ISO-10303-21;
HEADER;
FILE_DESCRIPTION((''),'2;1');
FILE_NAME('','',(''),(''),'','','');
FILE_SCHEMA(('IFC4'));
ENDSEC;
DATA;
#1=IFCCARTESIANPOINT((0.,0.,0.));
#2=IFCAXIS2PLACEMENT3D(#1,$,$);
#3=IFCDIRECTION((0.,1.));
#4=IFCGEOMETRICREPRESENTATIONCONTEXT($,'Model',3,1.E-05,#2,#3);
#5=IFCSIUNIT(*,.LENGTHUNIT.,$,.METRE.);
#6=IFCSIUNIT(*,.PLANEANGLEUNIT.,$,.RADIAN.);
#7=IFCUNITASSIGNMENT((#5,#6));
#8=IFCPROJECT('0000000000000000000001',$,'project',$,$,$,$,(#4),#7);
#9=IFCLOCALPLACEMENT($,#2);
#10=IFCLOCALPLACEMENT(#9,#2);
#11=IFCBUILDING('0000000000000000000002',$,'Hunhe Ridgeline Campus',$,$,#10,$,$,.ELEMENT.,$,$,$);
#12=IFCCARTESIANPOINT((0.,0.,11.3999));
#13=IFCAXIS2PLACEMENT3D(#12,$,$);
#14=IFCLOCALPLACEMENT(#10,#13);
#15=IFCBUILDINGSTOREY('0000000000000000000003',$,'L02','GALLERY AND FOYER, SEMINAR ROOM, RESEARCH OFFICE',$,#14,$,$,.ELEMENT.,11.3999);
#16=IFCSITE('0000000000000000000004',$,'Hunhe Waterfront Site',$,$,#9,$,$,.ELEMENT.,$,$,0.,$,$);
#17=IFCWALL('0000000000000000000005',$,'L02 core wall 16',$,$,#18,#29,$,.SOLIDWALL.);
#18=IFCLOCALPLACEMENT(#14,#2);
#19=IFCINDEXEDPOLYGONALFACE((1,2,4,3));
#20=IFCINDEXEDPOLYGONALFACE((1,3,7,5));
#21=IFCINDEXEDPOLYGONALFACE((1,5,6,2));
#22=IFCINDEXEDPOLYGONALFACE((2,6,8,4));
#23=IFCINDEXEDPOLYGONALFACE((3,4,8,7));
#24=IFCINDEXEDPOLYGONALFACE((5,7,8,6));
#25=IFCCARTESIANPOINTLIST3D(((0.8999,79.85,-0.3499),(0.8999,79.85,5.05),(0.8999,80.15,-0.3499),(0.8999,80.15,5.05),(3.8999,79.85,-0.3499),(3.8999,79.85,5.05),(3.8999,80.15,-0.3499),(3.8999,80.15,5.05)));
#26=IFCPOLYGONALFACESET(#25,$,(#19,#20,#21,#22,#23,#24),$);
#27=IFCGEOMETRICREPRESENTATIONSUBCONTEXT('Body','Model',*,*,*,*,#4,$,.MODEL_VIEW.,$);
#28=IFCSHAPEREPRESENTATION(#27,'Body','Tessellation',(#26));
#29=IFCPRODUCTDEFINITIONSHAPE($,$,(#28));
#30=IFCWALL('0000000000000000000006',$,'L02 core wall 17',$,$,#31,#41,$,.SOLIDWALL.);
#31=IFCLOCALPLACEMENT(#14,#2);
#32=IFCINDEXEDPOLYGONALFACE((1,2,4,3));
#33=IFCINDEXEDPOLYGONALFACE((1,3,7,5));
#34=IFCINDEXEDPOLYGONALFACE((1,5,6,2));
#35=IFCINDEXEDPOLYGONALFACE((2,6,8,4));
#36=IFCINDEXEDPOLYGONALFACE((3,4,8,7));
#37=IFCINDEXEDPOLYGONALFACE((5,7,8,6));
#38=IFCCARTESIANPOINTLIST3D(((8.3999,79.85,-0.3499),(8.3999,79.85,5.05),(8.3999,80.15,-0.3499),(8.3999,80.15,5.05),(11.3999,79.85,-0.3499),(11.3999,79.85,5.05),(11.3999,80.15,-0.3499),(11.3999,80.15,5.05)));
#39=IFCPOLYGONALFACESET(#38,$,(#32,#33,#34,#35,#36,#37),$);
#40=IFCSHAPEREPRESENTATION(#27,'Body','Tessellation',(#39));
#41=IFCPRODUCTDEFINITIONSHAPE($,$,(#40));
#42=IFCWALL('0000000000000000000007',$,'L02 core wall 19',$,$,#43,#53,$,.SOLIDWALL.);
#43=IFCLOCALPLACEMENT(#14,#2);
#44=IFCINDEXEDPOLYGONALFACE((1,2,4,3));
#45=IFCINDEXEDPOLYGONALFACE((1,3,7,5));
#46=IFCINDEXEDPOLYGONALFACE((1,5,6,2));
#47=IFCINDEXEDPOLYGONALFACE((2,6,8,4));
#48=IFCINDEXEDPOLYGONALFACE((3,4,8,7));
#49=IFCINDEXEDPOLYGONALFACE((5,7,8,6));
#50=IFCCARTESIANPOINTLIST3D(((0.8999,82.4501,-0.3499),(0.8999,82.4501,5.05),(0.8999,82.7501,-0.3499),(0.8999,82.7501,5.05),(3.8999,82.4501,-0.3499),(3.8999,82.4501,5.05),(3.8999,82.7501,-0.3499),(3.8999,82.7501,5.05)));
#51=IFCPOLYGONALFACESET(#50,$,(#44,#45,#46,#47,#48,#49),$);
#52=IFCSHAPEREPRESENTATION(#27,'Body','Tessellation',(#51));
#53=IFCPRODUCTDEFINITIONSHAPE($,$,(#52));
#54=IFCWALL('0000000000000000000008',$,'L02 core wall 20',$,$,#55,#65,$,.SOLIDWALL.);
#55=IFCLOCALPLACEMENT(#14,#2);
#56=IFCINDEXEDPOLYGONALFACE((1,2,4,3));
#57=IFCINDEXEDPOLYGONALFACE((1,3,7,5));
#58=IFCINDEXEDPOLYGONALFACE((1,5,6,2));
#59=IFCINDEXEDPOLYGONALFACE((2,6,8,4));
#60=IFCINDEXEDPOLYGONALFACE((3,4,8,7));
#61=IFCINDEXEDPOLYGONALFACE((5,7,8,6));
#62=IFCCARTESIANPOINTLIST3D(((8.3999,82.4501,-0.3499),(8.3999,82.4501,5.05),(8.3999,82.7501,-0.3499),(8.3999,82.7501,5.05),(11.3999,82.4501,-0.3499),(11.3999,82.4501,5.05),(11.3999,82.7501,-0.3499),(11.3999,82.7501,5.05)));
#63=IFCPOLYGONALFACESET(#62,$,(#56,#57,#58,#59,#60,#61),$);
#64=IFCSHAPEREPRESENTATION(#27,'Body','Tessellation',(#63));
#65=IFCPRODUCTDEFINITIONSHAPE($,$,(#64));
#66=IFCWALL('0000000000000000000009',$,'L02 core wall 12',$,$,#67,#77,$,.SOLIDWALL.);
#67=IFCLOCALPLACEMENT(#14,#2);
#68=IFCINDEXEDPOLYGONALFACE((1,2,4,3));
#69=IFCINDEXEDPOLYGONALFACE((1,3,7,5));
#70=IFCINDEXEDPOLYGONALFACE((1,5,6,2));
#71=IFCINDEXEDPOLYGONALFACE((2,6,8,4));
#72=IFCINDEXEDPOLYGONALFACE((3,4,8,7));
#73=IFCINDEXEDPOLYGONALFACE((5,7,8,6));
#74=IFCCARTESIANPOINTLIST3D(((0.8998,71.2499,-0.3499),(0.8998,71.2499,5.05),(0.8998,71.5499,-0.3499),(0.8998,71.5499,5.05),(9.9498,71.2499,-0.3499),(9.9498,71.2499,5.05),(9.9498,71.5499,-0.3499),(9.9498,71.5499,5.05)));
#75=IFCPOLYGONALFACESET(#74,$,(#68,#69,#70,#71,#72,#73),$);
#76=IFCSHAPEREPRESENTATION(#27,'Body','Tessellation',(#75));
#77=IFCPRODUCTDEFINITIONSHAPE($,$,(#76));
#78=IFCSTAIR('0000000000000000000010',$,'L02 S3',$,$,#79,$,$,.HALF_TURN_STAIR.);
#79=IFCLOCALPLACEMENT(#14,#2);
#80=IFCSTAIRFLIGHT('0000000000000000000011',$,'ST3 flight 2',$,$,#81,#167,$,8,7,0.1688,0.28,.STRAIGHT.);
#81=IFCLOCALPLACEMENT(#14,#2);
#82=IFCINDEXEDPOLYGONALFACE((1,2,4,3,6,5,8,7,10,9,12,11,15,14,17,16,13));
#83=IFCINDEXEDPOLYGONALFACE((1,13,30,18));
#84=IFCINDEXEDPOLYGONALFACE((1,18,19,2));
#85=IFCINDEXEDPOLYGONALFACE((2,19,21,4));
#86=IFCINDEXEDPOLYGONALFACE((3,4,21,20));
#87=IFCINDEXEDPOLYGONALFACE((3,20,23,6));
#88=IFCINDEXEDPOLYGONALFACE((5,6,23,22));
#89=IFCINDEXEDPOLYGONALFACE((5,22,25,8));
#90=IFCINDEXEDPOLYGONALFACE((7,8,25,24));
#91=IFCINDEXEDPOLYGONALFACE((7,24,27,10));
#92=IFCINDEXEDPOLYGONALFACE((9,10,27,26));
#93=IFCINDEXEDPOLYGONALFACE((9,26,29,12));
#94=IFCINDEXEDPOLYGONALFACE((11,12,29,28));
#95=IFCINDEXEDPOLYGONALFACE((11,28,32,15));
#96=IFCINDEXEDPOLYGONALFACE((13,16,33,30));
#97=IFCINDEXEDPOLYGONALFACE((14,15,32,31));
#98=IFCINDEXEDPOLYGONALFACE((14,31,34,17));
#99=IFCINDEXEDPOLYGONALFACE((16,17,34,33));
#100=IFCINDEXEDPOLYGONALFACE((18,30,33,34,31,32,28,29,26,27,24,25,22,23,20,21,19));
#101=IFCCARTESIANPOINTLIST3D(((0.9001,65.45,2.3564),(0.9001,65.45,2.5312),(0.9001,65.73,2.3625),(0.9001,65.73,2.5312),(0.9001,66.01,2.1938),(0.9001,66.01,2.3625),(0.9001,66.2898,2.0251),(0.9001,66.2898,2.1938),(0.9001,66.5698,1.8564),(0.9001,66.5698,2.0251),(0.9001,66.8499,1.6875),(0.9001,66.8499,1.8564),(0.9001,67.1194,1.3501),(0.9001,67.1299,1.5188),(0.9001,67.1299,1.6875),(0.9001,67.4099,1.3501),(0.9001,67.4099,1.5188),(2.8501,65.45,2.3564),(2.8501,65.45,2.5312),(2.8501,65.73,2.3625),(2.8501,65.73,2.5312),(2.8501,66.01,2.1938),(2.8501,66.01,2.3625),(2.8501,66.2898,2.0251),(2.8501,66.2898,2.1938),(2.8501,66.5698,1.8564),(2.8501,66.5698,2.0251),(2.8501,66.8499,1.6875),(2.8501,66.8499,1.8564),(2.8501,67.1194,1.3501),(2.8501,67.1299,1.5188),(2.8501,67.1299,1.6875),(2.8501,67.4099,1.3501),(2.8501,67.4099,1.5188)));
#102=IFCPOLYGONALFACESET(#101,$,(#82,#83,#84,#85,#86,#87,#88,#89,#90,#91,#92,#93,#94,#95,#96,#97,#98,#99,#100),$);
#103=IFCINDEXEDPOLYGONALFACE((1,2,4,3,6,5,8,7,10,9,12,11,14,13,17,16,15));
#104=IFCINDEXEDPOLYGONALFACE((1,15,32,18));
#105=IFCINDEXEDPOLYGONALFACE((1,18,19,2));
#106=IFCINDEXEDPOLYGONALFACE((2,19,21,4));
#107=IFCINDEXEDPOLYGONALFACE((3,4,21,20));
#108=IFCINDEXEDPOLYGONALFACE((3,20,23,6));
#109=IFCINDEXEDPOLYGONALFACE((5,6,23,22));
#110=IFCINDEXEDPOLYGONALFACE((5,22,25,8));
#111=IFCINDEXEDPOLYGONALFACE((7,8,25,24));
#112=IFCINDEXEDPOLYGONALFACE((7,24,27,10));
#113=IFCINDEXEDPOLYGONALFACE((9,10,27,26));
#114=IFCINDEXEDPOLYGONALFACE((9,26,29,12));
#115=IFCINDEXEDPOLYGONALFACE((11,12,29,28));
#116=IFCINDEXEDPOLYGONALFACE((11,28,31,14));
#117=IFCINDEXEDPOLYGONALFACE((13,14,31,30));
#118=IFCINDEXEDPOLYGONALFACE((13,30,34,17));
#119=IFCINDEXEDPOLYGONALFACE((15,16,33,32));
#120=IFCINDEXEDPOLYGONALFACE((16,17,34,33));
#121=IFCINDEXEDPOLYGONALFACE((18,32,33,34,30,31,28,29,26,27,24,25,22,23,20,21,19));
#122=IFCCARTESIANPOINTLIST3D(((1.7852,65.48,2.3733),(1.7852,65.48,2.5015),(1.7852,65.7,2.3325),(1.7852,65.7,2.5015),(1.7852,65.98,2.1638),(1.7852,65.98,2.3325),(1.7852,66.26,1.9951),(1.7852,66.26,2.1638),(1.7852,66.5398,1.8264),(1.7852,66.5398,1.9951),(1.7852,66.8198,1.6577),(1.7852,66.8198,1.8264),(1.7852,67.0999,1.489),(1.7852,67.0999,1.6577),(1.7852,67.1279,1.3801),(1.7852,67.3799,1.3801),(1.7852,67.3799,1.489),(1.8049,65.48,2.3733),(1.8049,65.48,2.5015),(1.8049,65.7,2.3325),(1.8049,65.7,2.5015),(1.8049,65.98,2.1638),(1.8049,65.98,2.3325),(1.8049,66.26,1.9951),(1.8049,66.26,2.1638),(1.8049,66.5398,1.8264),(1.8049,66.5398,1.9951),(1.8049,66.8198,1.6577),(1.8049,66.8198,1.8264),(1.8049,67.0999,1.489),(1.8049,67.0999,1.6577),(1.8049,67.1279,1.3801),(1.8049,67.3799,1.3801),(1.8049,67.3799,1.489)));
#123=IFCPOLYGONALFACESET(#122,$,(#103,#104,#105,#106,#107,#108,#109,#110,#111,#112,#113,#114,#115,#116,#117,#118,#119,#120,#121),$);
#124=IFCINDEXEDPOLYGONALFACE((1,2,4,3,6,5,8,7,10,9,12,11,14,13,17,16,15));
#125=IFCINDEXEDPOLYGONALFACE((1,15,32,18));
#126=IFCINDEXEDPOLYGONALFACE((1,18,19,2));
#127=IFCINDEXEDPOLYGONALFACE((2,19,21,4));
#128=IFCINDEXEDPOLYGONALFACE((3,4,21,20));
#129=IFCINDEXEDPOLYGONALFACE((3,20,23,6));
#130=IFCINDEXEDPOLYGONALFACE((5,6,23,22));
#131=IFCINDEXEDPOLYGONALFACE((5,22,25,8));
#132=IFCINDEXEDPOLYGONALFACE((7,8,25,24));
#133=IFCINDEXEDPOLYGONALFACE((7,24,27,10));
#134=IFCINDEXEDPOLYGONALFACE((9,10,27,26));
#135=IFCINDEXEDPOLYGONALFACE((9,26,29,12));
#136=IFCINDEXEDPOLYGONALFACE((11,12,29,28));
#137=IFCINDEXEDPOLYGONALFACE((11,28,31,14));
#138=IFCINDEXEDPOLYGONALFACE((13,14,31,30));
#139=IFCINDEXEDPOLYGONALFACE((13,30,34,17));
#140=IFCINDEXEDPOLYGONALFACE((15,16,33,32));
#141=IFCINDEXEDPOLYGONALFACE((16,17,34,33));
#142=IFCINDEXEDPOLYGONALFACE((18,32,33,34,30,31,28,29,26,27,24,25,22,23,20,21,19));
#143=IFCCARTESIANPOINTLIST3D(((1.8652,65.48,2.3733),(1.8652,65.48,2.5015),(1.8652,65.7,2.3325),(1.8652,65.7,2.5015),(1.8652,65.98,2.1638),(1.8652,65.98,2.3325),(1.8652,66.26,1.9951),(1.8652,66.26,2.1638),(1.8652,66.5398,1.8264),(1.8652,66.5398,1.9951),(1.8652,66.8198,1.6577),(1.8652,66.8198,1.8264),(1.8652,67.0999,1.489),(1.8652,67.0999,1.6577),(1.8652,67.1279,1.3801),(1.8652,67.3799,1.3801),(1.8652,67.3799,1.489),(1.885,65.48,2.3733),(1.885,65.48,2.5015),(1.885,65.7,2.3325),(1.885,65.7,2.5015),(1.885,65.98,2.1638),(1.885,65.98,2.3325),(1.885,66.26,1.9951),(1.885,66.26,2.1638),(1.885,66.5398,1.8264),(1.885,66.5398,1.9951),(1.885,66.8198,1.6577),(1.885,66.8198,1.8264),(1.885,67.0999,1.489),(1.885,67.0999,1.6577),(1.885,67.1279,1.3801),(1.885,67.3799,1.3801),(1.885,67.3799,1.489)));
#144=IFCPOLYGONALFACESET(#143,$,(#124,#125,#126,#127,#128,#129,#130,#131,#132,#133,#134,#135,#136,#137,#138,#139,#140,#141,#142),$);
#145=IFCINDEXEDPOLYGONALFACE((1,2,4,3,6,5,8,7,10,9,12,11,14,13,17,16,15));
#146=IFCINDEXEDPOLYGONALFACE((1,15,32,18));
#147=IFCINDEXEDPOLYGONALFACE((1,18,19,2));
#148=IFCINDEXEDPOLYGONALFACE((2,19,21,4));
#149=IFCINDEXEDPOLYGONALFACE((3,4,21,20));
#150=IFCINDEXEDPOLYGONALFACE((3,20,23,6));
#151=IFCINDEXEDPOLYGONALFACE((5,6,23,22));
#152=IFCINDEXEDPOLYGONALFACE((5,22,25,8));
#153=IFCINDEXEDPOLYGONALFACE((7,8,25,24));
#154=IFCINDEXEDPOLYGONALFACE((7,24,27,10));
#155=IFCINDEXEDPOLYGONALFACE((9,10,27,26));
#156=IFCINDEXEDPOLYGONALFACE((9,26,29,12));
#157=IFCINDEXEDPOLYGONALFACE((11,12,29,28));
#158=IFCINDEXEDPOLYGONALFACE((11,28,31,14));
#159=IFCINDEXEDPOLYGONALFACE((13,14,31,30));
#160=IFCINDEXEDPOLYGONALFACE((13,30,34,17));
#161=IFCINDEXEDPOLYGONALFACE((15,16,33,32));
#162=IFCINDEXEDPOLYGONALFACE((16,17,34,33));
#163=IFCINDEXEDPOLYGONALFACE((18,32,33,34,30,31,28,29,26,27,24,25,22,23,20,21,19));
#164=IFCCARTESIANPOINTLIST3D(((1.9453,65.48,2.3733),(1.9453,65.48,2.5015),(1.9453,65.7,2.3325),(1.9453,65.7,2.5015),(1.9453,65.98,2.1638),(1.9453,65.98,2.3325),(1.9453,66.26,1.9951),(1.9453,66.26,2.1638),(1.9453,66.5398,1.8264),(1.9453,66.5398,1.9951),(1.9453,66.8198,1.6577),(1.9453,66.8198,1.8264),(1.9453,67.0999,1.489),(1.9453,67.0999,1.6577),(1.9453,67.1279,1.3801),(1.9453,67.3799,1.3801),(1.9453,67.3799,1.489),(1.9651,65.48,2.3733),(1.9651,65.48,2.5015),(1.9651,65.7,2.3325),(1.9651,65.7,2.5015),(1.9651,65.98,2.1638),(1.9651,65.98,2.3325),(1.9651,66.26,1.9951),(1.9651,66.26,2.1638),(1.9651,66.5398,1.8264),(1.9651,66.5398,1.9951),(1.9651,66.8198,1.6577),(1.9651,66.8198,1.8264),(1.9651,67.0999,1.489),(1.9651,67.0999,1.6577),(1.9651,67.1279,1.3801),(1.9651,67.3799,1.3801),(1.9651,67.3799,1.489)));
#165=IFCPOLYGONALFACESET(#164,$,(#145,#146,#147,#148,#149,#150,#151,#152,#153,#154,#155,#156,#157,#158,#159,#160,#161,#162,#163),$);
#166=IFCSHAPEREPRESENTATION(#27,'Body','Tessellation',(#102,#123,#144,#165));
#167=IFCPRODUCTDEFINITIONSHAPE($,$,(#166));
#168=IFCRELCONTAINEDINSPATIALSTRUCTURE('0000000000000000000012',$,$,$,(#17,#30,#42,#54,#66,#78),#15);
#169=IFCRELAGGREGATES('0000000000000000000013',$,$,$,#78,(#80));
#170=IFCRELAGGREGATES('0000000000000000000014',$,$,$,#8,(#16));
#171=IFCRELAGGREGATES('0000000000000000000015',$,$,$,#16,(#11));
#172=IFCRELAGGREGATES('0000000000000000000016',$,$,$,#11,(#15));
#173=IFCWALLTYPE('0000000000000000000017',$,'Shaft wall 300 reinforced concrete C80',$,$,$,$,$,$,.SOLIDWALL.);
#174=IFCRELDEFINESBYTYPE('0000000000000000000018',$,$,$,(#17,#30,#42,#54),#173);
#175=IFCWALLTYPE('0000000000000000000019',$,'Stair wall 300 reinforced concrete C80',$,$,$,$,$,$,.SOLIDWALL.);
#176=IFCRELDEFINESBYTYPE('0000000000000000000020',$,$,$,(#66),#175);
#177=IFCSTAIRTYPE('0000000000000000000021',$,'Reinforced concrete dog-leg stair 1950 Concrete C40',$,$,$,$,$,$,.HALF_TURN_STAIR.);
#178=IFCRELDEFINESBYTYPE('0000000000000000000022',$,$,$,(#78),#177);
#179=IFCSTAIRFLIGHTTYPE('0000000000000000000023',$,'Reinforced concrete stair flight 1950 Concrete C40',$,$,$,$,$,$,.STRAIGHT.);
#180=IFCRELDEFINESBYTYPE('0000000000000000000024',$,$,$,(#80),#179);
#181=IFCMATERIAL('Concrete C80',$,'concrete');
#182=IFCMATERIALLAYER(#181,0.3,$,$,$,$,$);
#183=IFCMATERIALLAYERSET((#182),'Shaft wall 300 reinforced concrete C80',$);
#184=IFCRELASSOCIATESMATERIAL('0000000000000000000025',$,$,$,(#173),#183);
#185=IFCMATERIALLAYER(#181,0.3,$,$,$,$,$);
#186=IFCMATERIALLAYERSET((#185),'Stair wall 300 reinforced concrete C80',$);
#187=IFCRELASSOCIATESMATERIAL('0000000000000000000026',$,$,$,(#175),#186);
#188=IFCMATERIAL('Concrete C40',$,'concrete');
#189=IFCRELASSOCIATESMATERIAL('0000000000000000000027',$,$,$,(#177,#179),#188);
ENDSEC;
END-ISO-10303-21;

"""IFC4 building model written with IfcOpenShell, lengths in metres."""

from ifc_helpers import new_model, si_unit, direction, frame, frame_2d, origin, place, context, subcontext, project, spatial, polyline, rectangle, outline, extrude, material, layer, layer_set, type_object, element, aggregate, save


model = new_model("IFC4")

# Units and contexts
model_context = context("Model", 3, precision=1e-05, world=origin(), true_north=direction((0.0, 1.0)))
body_context = subcontext(model_context, "Body", "Model", "MODEL_VIEW")
ifc_project = project(units=[si_unit("LENGTHUNIT", "METRE"), si_unit("PLANEANGLEUNIT", "RADIAN")], contexts=[model_context])

# Site, building, storey
site_placement = place(None, origin())
site = spatial("IfcSite", under=ifc_project, at=site_placement, Name="Hunhe Waterfront Site", CompositionType="ELEMENT", RefElevation=0.0)
building_placement = place(site_placement, origin())
building = spatial("IfcBuilding", under=site, at=building_placement, Name="Hunhe Ridgeline Campus", CompositionType="ELEMENT")
storey_placement = place(building_placement, frame((0.0, 0.0, 11.3999)))
storey = spatial("IfcBuildingStorey", under=building, at=storey_placement, Name="L02", Description="GALLERY AND FOYER, SEMINAR ROOM, RESEARCH OFFICE", CompositionType="ELEMENT", Elevation=11.3999)

# Shared definitions
ifc_material_1 = material(Name="Concrete C80", Category="concrete")
ifc_layer_1 = layer(ifc_material_1, 0.3)
ifc_layer_set_1 = layer_set([ifc_layer_1], Name="Shaft wall 300 reinforced concrete C80")
wall_type_1 = type_object("IfcWallType", Name="Shaft wall 300 reinforced concrete C80", PredefinedType="SOLIDWALL", material=ifc_layer_set_1)

# Walls
for number, where, z_axis, x_axis, name in (
    (1, (0.8999, 80.0, -0.3499), (0.0, 0.0, 1.0), (1.0, 0.0, 0.0), "L02 core wall 16"),
    (2, (8.3999, 80.0, -0.3499), (0.0, 0.0, 1.0), (1.0, 0.0, 0.0), "L02 core wall 17"),
    (3, (0.8999, 82.6001, -0.3499), (0.0, 0.0, 1.0), (1.0, 0.0, 0.0), "L02 core wall 19"),
    (4, (8.3999, 82.6001, -0.3499), (0.0, 0.0, 1.0), (1.0, 0.0, 0.0), "L02 core wall 20"),
):
    element("IfcWall", number, at=place(storey_placement, frame(where, z_axis=z_axis, x_axis=x_axis)), inside=storey, type_object=wall_type_1, Name=name, PredefinedType="SOLIDWALL", context=body_context, shape_type="SweptSolid", body=[
        extrude(rectangle(XDim=3.0, YDim=0.3, at=frame_2d((1.5, 0.0))), origin(), (0.0, 0.0, 1.0), 5.3999),
    ])

# Wall
ifc_layer_2 = layer(ifc_material_1, 0.3)
ifc_layer_set_2 = layer_set([ifc_layer_2], Name="Stair wall 300 reinforced concrete C80")
wall_type_2 = type_object("IfcWallType", Name="Stair wall 300 reinforced concrete C80", PredefinedType="SOLIDWALL", material=ifc_layer_set_2)
wall_1_placement = place(storey_placement, frame((0.8999, 71.3999, -0.3499), z_axis=(0.0, 0.0, 1.0), x_axis=(1.0, 0.0, 0.0)))
element("IfcWall", 5, at=wall_1_placement, inside=storey, type_object=wall_type_2, Name="L02 core wall 12", PredefinedType="SOLIDWALL", context=body_context, shape_type="SweptSolid", body=[
    extrude(rectangle(XDim=9.05, YDim=0.3, at=frame_2d((4.5249, 0.0))), origin(), (0.0, 0.0, 1.0), 5.3999),
])

# Stair, stair flight
ifc_material_2 = material(Name="Concrete C40", Category="concrete")
stair_type = type_object("IfcStairType", Name="Reinforced concrete dog-leg stair 1950 Concrete C40", PredefinedType="HALF_TURN_STAIR", material=ifc_material_2)
stair_1_placement = place(storey_placement, origin())
stair_1 = element("IfcStair", 6, at=stair_1_placement, inside=storey, type_object=stair_type, Name="L02 S3", PredefinedType="HALF_TURN_STAIR")
stair_flight_type = type_object("IfcStairFlightType", Name="Reinforced concrete stair flight 1950 Concrete C40", PredefinedType="STRAIGHT", material=ifc_material_2)
stair_flight_1_placement = place(storey_placement, frame((1.875, 67.4099, 1.3501), z_axis=(0.0, 0.0, 1.0), x_axis=(0.0, -1.0, 0.0)))
stair_flight_1 = element("IfcStairFlight", 7, at=stair_flight_1_placement, type_object=stair_flight_type, Name="ST3 flight 2", NumberOfRisers=8, NumberOfTreads=7, PredefinedType="STRAIGHT", RiserHeight=0.1688, TreadLength=0.28, context=body_context, shape_type="SweptSolid", body=[
    extrude(outline(polyline([(0.0, 0.0), (0.0, 0.1687), (0.28, 0.1687), (0.28, 0.3374), (0.5601, 0.3374), (0.5601, 0.5063), (0.8401, 0.5063), (0.8401, 0.675), (1.1201, 0.675), (1.1201, 0.8438), (1.3999, 0.8438), (1.3999, 1.0125), (1.6799, 1.0125), (1.6799, 1.1812), (1.96, 1.1812), (1.96, 1.3501), (1.96, 1.0063), (0.2905, 0.0), (0.0, 0.0)])), frame((0.0, 0.9751, 0.0), z_axis=(0.0, -1.0, 0.0), x_axis=(1.0, 0.0, 0.0)), (0.0, 0.0, 1.0), 1.95),
    extrude(outline(polyline([(0.03, 0.03), (0.03, 0.1389), (0.3101, 0.1389), (0.3101, 0.3076), (0.5901, 0.3076), (0.5901, 0.4763), (0.8701, 0.4763), (0.8701, 0.645), (1.1499, 0.645), (1.1499, 0.8137), (1.4299, 0.8137), (1.4299, 0.9824), (1.71, 0.9824), (1.71, 1.1514), (1.9299, 1.1514), (1.9299, 1.0232), (0.282, 0.03), (0.03, 0.03)])), frame((0.0, -0.0701, 0.0), z_axis=(0.0, -1.0, 0.0), x_axis=(1.0, 0.0, 0.0)), (0.0, 0.0, 1.0), 0.0198),
    extrude(outline(polyline([(0.03, 0.03), (0.03, 0.1389), (0.3101, 0.1389), (0.3101, 0.3076), (0.5901, 0.3076), (0.5901, 0.4763), (0.8701, 0.4763), (0.8701, 0.645), (1.1499, 0.645), (1.1499, 0.8137), (1.4299, 0.8137), (1.4299, 0.9824), (1.71, 0.9824), (1.71, 1.1514), (1.9299, 1.1514), (1.9299, 1.0232), (0.282, 0.03), (0.03, 0.03)])), frame((0.0, 0.01, 0.0), z_axis=(0.0, -1.0, 0.0), x_axis=(1.0, 0.0, 0.0)), (0.0, 0.0, 1.0), 0.0198),
    extrude(outline(polyline([(0.03, 0.03), (0.03, 0.1389), (0.3101, 0.1389), (0.3101, 0.3076), (0.5901, 0.3076), (0.5901, 0.4763), (0.8701, 0.4763), (0.8701, 0.645), (1.1499, 0.645), (1.1499, 0.8137), (1.4299, 0.8137), (1.4299, 0.9824), (1.71, 0.9824), (1.71, 1.1514), (1.9299, 1.1514), (1.9299, 1.0232), (0.282, 0.03), (0.03, 0.03)])), frame((0.0, 0.0901, 0.0), z_axis=(0.0, -1.0, 0.0), x_axis=(1.0, 0.0, 0.0)), (0.0, 0.0, 1.0), 0.0198),
])
aggregate(stair_1, [stair_flight_1])

save(model, "model.ifc")
